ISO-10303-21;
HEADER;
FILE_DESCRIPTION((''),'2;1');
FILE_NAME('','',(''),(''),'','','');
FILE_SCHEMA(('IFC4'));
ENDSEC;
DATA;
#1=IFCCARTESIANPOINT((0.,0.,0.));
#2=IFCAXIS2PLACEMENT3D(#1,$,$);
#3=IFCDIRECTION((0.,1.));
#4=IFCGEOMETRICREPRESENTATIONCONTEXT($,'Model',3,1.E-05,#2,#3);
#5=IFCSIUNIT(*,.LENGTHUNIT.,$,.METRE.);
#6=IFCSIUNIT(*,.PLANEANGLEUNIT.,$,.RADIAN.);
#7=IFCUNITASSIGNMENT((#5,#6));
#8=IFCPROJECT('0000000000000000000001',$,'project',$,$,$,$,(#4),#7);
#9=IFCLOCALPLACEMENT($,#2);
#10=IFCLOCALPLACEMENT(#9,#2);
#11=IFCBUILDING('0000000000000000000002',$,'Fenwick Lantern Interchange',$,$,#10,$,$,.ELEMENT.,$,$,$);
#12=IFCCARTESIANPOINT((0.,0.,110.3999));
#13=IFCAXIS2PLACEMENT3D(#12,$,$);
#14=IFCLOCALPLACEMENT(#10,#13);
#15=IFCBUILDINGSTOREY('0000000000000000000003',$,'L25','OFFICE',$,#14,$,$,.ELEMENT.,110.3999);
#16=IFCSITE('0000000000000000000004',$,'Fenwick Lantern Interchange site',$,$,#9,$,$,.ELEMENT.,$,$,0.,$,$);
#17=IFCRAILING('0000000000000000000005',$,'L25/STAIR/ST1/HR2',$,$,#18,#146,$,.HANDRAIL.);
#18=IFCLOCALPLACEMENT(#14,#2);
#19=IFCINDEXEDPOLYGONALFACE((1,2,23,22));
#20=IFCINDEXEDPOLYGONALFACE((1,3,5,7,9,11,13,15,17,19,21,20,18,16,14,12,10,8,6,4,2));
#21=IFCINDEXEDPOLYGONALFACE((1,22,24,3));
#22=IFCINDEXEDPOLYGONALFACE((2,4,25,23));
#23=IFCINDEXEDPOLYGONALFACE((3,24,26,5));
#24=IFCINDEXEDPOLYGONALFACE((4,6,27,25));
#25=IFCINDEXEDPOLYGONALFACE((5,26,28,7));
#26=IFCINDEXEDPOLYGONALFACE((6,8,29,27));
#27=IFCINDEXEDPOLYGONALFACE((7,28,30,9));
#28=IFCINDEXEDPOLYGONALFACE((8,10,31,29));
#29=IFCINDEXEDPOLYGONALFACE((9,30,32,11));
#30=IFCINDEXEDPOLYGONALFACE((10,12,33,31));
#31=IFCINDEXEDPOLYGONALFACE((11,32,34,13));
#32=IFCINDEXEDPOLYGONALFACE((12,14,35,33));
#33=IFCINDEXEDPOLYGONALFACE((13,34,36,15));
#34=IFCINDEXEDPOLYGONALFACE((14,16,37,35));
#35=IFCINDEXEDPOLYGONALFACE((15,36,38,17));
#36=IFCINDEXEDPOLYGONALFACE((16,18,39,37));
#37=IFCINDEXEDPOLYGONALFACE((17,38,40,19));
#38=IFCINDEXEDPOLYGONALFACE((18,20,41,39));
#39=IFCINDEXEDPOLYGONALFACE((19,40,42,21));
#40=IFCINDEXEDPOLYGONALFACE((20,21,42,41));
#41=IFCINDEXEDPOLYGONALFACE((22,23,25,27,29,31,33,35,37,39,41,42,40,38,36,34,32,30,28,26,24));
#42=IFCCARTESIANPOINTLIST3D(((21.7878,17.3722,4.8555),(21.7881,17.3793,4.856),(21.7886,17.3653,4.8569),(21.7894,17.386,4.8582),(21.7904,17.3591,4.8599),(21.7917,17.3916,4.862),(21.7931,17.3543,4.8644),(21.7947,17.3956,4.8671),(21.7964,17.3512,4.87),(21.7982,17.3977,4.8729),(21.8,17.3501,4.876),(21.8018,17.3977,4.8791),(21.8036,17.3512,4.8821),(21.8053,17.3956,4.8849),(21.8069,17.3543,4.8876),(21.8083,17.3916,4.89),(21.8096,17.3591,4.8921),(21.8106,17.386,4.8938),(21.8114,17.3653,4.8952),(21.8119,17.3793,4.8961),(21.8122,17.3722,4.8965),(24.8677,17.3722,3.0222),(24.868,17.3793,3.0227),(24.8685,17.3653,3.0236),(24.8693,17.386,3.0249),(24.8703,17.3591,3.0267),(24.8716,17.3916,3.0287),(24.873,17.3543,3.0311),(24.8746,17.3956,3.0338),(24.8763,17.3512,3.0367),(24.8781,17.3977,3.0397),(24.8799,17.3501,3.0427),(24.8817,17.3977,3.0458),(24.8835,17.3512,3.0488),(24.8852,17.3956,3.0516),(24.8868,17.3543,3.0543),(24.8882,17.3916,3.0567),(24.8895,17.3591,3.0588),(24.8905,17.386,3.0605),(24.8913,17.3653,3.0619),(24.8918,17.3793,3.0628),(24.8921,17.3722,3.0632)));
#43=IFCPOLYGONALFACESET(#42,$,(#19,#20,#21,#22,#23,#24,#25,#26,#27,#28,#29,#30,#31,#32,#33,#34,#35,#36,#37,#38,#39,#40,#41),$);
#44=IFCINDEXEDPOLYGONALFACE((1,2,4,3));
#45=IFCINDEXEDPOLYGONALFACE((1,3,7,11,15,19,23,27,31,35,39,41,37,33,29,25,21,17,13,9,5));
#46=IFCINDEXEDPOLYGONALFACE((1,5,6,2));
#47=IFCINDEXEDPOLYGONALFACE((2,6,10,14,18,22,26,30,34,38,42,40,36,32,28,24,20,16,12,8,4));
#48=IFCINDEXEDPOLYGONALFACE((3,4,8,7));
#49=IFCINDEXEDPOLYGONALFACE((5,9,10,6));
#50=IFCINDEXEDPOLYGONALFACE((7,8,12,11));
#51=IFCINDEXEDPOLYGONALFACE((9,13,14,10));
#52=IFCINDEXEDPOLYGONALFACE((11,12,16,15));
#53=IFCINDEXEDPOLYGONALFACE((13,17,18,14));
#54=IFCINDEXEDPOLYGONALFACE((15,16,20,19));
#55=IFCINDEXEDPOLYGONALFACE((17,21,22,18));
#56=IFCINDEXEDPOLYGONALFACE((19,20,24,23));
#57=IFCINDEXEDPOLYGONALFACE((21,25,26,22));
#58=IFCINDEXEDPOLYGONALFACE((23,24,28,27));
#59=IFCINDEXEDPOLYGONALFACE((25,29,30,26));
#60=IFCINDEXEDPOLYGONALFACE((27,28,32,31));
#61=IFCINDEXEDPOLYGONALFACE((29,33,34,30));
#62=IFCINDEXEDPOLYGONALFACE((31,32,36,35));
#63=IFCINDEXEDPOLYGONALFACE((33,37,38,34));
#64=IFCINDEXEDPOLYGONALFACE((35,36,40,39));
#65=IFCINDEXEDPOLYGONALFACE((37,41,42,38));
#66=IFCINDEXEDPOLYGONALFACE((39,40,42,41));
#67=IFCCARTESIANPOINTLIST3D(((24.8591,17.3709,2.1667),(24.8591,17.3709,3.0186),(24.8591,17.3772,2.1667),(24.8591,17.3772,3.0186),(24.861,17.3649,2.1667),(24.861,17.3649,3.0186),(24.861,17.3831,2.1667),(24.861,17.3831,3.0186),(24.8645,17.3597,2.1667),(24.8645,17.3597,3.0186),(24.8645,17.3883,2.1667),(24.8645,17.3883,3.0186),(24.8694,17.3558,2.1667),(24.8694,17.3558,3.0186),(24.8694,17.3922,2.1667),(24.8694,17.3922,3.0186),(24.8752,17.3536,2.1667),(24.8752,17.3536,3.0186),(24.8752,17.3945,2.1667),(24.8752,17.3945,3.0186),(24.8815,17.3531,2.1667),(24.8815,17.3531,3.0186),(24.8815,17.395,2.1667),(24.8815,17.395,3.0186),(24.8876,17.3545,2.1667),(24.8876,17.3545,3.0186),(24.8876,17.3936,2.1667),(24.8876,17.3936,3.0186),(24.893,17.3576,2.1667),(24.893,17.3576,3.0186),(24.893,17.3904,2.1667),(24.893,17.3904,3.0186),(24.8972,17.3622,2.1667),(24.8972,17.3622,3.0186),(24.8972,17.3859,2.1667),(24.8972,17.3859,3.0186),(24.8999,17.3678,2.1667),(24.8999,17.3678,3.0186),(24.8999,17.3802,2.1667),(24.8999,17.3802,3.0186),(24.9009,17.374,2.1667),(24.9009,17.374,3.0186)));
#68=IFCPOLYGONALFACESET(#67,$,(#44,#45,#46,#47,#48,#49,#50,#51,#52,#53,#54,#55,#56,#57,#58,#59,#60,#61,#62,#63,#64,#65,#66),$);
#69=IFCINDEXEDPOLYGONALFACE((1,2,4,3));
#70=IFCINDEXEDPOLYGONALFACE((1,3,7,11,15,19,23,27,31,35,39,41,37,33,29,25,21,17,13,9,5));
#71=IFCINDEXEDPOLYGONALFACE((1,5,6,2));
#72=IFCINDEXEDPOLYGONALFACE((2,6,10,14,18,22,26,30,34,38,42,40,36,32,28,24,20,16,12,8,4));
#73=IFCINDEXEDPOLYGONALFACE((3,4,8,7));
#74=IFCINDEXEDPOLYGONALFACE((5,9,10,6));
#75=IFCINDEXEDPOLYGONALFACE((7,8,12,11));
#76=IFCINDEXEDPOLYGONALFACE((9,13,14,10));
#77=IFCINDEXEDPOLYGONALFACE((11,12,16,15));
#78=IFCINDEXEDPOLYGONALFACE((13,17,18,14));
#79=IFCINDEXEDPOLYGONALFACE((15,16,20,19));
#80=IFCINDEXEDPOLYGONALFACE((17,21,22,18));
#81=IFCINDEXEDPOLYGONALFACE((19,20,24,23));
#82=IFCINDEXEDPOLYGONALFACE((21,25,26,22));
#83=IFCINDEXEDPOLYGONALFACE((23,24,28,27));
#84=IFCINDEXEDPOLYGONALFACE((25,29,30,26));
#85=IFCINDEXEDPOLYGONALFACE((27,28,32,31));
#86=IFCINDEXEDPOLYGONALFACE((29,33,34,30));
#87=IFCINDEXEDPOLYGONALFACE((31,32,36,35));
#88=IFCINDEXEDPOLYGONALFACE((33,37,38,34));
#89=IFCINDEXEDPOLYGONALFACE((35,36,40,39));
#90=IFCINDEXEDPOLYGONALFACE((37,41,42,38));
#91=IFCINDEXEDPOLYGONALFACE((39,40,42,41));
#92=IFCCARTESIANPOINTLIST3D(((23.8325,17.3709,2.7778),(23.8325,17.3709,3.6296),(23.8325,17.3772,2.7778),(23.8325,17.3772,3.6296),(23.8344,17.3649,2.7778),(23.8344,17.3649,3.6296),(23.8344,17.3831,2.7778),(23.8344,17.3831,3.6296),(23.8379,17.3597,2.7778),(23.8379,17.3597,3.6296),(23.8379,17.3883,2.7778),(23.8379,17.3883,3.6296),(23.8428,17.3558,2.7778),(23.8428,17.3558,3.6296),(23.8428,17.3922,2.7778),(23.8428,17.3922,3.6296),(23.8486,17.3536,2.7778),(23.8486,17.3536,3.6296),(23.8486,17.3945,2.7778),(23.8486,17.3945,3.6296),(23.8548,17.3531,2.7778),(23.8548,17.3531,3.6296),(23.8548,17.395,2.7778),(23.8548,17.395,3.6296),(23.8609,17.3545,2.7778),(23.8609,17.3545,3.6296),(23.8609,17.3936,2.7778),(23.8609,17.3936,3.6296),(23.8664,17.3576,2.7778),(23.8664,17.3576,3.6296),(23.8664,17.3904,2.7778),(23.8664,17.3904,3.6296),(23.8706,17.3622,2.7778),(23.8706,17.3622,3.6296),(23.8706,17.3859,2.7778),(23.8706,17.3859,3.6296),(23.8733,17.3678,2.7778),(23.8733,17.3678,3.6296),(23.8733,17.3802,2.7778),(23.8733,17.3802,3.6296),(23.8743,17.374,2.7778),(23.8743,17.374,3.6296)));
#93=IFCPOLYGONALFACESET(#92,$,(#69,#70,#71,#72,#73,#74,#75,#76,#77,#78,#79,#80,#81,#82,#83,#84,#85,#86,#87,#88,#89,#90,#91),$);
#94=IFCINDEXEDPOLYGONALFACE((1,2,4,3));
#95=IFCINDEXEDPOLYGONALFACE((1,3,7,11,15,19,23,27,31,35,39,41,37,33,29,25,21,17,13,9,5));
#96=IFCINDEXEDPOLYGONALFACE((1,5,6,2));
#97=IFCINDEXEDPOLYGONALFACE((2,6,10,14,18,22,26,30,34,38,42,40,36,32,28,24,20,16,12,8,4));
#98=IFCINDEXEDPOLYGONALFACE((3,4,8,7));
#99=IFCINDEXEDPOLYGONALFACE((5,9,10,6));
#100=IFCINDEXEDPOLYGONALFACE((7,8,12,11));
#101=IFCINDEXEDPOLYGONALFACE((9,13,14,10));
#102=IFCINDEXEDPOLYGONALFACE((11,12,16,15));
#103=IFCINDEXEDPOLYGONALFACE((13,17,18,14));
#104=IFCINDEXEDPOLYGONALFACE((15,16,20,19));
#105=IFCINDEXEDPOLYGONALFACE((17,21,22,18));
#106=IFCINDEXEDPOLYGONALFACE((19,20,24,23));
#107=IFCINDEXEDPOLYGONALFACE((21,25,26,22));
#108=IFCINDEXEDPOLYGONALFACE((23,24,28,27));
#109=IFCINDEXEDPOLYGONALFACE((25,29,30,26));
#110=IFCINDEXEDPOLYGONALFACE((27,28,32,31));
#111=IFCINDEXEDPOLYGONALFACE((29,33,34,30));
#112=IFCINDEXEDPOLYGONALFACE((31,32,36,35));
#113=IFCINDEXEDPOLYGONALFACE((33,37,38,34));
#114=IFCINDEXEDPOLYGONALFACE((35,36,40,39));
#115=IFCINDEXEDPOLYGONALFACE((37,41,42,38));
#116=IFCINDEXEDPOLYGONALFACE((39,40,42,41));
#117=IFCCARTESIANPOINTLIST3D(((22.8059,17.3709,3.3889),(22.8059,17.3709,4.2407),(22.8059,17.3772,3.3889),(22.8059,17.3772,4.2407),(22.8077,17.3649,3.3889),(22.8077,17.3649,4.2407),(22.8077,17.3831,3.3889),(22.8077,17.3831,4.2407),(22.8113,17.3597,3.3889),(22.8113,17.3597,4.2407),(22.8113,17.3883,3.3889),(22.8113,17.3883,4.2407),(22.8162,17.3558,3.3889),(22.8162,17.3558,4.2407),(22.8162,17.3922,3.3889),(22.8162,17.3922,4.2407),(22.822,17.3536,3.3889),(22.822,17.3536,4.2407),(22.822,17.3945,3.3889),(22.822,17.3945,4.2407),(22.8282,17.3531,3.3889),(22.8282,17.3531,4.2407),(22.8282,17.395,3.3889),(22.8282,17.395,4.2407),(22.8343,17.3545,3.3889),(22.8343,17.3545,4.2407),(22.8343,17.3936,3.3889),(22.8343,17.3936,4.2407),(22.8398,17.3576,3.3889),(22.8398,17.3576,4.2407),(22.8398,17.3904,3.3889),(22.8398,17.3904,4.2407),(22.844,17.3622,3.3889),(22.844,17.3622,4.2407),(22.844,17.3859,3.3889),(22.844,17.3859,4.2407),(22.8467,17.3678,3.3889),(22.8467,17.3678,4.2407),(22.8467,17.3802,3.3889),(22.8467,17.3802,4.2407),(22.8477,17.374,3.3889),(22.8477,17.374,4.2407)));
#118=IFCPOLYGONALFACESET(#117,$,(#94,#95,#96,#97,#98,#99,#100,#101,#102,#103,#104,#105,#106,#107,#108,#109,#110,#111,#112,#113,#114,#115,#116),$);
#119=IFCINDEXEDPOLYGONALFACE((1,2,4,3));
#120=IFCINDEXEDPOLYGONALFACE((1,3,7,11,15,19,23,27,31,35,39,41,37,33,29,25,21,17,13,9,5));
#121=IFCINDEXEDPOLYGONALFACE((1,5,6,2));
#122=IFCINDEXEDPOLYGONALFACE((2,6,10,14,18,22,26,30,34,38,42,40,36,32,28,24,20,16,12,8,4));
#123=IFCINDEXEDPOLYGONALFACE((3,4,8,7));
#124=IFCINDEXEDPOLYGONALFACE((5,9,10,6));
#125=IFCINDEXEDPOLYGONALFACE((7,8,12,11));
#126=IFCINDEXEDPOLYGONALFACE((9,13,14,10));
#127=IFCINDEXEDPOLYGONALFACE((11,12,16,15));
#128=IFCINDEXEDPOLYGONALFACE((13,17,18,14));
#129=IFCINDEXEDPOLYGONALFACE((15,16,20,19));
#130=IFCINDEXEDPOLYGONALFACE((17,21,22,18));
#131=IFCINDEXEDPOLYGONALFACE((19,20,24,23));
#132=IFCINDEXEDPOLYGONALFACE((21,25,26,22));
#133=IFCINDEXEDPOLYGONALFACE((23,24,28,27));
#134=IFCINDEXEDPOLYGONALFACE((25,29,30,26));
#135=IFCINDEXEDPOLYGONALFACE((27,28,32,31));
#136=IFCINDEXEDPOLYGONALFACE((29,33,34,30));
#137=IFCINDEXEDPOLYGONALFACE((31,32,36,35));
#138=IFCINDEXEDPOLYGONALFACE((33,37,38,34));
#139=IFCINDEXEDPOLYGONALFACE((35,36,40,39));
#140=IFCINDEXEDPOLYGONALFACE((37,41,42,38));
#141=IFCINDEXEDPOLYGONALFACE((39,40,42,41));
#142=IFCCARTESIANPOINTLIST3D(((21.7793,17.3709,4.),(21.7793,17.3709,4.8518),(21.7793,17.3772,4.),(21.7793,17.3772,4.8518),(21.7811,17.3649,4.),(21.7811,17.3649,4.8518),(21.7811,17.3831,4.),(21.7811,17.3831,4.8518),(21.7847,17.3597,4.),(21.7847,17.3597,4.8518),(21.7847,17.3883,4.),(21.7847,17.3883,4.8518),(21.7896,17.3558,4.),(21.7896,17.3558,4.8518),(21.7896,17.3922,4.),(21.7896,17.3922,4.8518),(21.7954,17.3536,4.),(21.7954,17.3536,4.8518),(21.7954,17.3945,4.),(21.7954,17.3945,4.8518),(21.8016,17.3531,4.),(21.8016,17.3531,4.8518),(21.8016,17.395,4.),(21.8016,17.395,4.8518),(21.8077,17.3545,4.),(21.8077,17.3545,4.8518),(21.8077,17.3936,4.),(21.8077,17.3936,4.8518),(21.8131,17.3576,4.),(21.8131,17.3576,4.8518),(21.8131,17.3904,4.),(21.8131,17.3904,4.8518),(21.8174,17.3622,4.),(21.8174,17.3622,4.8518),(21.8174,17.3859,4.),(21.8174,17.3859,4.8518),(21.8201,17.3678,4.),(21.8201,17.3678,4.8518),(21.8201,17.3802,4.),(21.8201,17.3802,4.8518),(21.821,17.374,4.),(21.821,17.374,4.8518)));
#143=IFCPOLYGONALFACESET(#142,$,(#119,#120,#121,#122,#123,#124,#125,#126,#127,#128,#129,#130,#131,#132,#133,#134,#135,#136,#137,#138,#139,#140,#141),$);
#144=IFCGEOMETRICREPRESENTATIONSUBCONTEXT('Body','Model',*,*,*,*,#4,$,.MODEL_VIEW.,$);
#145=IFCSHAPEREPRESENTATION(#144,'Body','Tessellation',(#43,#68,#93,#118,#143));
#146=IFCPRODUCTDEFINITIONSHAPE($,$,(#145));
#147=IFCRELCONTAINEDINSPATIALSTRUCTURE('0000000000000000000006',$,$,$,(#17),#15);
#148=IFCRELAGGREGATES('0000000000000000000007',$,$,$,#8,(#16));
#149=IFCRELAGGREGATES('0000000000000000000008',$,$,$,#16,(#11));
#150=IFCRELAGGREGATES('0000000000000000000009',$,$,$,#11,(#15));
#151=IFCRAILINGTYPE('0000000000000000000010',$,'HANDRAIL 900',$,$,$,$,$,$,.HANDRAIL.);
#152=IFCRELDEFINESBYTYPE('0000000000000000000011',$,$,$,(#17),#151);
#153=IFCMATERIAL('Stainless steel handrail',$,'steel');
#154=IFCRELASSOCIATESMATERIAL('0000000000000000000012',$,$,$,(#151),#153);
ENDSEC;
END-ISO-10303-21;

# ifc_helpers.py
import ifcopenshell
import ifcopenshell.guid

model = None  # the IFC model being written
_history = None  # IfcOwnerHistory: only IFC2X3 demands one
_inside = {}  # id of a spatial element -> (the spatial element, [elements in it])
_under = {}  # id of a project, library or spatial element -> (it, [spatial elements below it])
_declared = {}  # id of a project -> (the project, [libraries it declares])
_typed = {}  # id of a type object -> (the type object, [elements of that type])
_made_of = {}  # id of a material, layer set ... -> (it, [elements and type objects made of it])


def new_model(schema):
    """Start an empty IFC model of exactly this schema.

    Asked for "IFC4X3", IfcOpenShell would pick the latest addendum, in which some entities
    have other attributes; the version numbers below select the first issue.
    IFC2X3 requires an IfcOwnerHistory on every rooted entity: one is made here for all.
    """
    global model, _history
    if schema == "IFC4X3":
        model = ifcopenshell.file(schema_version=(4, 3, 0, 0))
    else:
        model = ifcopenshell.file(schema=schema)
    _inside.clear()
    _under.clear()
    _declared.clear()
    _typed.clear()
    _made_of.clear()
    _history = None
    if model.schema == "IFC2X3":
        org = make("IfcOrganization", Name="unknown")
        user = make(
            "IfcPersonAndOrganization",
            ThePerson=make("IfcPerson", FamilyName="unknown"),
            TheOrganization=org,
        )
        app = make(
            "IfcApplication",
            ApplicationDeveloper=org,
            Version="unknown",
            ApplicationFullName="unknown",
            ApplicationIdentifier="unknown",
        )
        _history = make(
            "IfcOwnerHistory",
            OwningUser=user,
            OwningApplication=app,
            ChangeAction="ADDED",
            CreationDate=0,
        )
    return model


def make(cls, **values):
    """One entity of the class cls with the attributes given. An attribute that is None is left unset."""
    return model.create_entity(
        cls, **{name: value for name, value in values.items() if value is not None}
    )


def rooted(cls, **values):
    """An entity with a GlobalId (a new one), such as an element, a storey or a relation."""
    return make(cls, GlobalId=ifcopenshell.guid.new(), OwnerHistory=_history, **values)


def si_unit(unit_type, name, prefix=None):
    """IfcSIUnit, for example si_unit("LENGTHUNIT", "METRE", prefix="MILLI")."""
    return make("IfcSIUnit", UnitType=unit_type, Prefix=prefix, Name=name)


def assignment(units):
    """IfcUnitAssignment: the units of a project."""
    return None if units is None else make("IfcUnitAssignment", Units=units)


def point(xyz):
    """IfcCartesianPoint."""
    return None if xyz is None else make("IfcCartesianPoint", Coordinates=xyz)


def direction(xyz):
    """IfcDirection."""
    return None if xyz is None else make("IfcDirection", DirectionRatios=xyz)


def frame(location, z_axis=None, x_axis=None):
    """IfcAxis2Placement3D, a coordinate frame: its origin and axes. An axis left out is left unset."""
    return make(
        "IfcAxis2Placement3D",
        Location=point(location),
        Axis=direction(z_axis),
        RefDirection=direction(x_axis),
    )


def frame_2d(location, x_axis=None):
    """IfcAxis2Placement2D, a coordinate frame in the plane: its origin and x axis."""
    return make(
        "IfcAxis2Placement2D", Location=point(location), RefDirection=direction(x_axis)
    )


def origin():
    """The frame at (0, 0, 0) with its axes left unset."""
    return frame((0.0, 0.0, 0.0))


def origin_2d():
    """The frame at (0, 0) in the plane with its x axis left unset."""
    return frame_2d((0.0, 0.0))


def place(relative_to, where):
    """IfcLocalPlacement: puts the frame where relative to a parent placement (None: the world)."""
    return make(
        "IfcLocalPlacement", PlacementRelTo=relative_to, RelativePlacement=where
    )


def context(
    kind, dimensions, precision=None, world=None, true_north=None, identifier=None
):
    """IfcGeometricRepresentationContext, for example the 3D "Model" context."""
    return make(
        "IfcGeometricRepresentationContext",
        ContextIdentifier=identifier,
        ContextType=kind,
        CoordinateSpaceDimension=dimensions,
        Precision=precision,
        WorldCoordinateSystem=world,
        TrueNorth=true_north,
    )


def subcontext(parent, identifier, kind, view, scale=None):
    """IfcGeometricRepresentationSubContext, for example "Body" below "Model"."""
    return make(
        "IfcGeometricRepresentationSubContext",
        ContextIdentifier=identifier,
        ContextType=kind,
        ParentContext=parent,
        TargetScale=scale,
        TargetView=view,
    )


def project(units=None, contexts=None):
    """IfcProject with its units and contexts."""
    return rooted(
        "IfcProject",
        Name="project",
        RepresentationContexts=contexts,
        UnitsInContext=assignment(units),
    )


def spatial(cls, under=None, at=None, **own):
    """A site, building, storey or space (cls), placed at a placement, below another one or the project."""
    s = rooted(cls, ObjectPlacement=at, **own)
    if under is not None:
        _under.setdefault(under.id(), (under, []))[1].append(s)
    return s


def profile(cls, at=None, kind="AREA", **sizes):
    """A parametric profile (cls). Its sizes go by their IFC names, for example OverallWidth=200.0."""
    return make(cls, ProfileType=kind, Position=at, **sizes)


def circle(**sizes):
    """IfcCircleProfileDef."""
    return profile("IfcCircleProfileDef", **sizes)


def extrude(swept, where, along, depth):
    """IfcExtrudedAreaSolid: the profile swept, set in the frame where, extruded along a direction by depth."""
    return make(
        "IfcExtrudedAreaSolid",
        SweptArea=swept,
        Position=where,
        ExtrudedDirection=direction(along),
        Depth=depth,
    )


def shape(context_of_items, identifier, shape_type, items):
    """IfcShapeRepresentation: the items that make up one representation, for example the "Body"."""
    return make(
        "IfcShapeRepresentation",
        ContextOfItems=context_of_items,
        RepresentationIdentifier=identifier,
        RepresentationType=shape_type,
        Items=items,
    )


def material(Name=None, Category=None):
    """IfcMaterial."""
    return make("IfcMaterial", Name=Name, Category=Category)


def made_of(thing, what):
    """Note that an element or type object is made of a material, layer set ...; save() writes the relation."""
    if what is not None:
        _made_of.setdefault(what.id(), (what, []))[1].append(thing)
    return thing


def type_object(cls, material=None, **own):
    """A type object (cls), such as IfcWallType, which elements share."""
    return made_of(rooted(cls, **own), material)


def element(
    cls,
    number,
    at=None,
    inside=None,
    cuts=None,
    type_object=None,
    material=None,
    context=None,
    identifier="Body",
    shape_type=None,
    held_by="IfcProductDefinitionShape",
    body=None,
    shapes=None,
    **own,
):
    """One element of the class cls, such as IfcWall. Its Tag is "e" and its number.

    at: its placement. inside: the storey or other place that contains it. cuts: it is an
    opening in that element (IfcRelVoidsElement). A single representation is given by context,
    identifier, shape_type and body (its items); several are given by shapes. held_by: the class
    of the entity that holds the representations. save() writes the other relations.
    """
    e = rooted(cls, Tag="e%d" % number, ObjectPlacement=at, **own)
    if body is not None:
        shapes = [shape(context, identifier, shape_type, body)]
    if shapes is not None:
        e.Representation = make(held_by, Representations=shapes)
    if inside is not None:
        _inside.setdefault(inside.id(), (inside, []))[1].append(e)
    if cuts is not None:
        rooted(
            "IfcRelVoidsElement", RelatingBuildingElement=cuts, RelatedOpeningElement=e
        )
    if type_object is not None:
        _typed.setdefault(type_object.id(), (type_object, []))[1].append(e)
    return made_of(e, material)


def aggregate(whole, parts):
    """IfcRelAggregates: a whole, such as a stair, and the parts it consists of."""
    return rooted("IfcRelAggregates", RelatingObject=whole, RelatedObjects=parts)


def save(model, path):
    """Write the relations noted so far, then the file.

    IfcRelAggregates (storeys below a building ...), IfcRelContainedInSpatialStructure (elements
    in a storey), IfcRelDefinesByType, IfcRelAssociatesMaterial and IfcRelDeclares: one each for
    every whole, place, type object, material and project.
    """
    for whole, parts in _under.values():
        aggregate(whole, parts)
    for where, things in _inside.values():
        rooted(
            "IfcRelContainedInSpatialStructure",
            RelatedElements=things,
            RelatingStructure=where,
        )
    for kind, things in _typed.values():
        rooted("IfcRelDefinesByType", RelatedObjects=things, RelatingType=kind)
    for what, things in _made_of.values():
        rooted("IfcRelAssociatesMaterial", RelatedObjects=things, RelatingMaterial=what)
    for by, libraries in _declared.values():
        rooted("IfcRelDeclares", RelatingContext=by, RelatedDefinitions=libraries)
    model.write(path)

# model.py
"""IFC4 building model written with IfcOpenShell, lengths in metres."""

from ifc_helpers import new_model, si_unit, direction, frame, origin, origin_2d, place, context, subcontext, project, spatial, circle, extrude, material, type_object, element, save


model = new_model("IFC4")

# Units and contexts
model_context = context("Model", 3, precision=1e-05, world=origin(), true_north=direction((0.0, 1.0)))
body_context = subcontext(model_context, "Body", "Model", "MODEL_VIEW")
ifc_project = project(units=[si_unit("LENGTHUNIT", "METRE"), si_unit("PLANEANGLEUNIT", "RADIAN")], contexts=[model_context])

# Site, building, storey
site_placement = place(None, origin())
site = spatial("IfcSite", under=ifc_project, at=site_placement, Name="Fenwick Lantern Interchange site", CompositionType="ELEMENT", RefElevation=0.0)
building_placement = place(site_placement, origin())
building = spatial("IfcBuilding", under=site, at=building_placement, Name="Fenwick Lantern Interchange", CompositionType="ELEMENT")
storey_placement = place(building_placement, frame((0.0, 0.0, 110.3999)))
storey = spatial("IfcBuildingStorey", under=building, at=storey_placement, Name="L25", Description="OFFICE", CompositionType="ELEMENT", Elevation=110.3999)

# Railing
ifc_material_1 = material(Name="Stainless steel handrail", Category="steel")
railing_type = type_object("IfcRailingType", Name="HANDRAIL 900", PredefinedType="HANDRAIL", material=ifc_material_1)
railing_1_placement = place(storey_placement, frame((24.8799, 17.374, 2.1667)))
element("IfcRailing", 1, at=railing_1_placement, inside=storey, type_object=railing_type, Name="L25/STAIR/ST1/HR2", PredefinedType="HANDRAIL", context=body_context, shape_type="SweptSolid", body=[
    extrude(circle(Radius=0.0239, at=origin_2d()), frame((0.0, 0.0, 0.876), z_axis=(-0.859291, 0.0, 0.511487), x_axis=(0.0, -1.0, 0.0)), (0.0, 0.0, 1.0), 3.5842),
    extrude(circle(Radius=0.021, at=origin_2d()), origin(), (0.0, 0.0, 1.0), 0.8518),
    extrude(circle(Radius=0.021, at=origin_2d()), frame((-1.0266, 0.0, 0.6111)), (0.0, 0.0, 1.0), 0.8518),
    extrude(circle(Radius=0.021, at=origin_2d()), frame((-2.0532, 0.0, 1.2222)), (0.0, 0.0, 1.0), 0.8518),
    extrude(circle(Radius=0.021, at=origin_2d()), frame((-3.0798, 0.0, 1.8333)), (0.0, 0.0, 1.0), 0.8518),
])

save(model, "model.ifc")
